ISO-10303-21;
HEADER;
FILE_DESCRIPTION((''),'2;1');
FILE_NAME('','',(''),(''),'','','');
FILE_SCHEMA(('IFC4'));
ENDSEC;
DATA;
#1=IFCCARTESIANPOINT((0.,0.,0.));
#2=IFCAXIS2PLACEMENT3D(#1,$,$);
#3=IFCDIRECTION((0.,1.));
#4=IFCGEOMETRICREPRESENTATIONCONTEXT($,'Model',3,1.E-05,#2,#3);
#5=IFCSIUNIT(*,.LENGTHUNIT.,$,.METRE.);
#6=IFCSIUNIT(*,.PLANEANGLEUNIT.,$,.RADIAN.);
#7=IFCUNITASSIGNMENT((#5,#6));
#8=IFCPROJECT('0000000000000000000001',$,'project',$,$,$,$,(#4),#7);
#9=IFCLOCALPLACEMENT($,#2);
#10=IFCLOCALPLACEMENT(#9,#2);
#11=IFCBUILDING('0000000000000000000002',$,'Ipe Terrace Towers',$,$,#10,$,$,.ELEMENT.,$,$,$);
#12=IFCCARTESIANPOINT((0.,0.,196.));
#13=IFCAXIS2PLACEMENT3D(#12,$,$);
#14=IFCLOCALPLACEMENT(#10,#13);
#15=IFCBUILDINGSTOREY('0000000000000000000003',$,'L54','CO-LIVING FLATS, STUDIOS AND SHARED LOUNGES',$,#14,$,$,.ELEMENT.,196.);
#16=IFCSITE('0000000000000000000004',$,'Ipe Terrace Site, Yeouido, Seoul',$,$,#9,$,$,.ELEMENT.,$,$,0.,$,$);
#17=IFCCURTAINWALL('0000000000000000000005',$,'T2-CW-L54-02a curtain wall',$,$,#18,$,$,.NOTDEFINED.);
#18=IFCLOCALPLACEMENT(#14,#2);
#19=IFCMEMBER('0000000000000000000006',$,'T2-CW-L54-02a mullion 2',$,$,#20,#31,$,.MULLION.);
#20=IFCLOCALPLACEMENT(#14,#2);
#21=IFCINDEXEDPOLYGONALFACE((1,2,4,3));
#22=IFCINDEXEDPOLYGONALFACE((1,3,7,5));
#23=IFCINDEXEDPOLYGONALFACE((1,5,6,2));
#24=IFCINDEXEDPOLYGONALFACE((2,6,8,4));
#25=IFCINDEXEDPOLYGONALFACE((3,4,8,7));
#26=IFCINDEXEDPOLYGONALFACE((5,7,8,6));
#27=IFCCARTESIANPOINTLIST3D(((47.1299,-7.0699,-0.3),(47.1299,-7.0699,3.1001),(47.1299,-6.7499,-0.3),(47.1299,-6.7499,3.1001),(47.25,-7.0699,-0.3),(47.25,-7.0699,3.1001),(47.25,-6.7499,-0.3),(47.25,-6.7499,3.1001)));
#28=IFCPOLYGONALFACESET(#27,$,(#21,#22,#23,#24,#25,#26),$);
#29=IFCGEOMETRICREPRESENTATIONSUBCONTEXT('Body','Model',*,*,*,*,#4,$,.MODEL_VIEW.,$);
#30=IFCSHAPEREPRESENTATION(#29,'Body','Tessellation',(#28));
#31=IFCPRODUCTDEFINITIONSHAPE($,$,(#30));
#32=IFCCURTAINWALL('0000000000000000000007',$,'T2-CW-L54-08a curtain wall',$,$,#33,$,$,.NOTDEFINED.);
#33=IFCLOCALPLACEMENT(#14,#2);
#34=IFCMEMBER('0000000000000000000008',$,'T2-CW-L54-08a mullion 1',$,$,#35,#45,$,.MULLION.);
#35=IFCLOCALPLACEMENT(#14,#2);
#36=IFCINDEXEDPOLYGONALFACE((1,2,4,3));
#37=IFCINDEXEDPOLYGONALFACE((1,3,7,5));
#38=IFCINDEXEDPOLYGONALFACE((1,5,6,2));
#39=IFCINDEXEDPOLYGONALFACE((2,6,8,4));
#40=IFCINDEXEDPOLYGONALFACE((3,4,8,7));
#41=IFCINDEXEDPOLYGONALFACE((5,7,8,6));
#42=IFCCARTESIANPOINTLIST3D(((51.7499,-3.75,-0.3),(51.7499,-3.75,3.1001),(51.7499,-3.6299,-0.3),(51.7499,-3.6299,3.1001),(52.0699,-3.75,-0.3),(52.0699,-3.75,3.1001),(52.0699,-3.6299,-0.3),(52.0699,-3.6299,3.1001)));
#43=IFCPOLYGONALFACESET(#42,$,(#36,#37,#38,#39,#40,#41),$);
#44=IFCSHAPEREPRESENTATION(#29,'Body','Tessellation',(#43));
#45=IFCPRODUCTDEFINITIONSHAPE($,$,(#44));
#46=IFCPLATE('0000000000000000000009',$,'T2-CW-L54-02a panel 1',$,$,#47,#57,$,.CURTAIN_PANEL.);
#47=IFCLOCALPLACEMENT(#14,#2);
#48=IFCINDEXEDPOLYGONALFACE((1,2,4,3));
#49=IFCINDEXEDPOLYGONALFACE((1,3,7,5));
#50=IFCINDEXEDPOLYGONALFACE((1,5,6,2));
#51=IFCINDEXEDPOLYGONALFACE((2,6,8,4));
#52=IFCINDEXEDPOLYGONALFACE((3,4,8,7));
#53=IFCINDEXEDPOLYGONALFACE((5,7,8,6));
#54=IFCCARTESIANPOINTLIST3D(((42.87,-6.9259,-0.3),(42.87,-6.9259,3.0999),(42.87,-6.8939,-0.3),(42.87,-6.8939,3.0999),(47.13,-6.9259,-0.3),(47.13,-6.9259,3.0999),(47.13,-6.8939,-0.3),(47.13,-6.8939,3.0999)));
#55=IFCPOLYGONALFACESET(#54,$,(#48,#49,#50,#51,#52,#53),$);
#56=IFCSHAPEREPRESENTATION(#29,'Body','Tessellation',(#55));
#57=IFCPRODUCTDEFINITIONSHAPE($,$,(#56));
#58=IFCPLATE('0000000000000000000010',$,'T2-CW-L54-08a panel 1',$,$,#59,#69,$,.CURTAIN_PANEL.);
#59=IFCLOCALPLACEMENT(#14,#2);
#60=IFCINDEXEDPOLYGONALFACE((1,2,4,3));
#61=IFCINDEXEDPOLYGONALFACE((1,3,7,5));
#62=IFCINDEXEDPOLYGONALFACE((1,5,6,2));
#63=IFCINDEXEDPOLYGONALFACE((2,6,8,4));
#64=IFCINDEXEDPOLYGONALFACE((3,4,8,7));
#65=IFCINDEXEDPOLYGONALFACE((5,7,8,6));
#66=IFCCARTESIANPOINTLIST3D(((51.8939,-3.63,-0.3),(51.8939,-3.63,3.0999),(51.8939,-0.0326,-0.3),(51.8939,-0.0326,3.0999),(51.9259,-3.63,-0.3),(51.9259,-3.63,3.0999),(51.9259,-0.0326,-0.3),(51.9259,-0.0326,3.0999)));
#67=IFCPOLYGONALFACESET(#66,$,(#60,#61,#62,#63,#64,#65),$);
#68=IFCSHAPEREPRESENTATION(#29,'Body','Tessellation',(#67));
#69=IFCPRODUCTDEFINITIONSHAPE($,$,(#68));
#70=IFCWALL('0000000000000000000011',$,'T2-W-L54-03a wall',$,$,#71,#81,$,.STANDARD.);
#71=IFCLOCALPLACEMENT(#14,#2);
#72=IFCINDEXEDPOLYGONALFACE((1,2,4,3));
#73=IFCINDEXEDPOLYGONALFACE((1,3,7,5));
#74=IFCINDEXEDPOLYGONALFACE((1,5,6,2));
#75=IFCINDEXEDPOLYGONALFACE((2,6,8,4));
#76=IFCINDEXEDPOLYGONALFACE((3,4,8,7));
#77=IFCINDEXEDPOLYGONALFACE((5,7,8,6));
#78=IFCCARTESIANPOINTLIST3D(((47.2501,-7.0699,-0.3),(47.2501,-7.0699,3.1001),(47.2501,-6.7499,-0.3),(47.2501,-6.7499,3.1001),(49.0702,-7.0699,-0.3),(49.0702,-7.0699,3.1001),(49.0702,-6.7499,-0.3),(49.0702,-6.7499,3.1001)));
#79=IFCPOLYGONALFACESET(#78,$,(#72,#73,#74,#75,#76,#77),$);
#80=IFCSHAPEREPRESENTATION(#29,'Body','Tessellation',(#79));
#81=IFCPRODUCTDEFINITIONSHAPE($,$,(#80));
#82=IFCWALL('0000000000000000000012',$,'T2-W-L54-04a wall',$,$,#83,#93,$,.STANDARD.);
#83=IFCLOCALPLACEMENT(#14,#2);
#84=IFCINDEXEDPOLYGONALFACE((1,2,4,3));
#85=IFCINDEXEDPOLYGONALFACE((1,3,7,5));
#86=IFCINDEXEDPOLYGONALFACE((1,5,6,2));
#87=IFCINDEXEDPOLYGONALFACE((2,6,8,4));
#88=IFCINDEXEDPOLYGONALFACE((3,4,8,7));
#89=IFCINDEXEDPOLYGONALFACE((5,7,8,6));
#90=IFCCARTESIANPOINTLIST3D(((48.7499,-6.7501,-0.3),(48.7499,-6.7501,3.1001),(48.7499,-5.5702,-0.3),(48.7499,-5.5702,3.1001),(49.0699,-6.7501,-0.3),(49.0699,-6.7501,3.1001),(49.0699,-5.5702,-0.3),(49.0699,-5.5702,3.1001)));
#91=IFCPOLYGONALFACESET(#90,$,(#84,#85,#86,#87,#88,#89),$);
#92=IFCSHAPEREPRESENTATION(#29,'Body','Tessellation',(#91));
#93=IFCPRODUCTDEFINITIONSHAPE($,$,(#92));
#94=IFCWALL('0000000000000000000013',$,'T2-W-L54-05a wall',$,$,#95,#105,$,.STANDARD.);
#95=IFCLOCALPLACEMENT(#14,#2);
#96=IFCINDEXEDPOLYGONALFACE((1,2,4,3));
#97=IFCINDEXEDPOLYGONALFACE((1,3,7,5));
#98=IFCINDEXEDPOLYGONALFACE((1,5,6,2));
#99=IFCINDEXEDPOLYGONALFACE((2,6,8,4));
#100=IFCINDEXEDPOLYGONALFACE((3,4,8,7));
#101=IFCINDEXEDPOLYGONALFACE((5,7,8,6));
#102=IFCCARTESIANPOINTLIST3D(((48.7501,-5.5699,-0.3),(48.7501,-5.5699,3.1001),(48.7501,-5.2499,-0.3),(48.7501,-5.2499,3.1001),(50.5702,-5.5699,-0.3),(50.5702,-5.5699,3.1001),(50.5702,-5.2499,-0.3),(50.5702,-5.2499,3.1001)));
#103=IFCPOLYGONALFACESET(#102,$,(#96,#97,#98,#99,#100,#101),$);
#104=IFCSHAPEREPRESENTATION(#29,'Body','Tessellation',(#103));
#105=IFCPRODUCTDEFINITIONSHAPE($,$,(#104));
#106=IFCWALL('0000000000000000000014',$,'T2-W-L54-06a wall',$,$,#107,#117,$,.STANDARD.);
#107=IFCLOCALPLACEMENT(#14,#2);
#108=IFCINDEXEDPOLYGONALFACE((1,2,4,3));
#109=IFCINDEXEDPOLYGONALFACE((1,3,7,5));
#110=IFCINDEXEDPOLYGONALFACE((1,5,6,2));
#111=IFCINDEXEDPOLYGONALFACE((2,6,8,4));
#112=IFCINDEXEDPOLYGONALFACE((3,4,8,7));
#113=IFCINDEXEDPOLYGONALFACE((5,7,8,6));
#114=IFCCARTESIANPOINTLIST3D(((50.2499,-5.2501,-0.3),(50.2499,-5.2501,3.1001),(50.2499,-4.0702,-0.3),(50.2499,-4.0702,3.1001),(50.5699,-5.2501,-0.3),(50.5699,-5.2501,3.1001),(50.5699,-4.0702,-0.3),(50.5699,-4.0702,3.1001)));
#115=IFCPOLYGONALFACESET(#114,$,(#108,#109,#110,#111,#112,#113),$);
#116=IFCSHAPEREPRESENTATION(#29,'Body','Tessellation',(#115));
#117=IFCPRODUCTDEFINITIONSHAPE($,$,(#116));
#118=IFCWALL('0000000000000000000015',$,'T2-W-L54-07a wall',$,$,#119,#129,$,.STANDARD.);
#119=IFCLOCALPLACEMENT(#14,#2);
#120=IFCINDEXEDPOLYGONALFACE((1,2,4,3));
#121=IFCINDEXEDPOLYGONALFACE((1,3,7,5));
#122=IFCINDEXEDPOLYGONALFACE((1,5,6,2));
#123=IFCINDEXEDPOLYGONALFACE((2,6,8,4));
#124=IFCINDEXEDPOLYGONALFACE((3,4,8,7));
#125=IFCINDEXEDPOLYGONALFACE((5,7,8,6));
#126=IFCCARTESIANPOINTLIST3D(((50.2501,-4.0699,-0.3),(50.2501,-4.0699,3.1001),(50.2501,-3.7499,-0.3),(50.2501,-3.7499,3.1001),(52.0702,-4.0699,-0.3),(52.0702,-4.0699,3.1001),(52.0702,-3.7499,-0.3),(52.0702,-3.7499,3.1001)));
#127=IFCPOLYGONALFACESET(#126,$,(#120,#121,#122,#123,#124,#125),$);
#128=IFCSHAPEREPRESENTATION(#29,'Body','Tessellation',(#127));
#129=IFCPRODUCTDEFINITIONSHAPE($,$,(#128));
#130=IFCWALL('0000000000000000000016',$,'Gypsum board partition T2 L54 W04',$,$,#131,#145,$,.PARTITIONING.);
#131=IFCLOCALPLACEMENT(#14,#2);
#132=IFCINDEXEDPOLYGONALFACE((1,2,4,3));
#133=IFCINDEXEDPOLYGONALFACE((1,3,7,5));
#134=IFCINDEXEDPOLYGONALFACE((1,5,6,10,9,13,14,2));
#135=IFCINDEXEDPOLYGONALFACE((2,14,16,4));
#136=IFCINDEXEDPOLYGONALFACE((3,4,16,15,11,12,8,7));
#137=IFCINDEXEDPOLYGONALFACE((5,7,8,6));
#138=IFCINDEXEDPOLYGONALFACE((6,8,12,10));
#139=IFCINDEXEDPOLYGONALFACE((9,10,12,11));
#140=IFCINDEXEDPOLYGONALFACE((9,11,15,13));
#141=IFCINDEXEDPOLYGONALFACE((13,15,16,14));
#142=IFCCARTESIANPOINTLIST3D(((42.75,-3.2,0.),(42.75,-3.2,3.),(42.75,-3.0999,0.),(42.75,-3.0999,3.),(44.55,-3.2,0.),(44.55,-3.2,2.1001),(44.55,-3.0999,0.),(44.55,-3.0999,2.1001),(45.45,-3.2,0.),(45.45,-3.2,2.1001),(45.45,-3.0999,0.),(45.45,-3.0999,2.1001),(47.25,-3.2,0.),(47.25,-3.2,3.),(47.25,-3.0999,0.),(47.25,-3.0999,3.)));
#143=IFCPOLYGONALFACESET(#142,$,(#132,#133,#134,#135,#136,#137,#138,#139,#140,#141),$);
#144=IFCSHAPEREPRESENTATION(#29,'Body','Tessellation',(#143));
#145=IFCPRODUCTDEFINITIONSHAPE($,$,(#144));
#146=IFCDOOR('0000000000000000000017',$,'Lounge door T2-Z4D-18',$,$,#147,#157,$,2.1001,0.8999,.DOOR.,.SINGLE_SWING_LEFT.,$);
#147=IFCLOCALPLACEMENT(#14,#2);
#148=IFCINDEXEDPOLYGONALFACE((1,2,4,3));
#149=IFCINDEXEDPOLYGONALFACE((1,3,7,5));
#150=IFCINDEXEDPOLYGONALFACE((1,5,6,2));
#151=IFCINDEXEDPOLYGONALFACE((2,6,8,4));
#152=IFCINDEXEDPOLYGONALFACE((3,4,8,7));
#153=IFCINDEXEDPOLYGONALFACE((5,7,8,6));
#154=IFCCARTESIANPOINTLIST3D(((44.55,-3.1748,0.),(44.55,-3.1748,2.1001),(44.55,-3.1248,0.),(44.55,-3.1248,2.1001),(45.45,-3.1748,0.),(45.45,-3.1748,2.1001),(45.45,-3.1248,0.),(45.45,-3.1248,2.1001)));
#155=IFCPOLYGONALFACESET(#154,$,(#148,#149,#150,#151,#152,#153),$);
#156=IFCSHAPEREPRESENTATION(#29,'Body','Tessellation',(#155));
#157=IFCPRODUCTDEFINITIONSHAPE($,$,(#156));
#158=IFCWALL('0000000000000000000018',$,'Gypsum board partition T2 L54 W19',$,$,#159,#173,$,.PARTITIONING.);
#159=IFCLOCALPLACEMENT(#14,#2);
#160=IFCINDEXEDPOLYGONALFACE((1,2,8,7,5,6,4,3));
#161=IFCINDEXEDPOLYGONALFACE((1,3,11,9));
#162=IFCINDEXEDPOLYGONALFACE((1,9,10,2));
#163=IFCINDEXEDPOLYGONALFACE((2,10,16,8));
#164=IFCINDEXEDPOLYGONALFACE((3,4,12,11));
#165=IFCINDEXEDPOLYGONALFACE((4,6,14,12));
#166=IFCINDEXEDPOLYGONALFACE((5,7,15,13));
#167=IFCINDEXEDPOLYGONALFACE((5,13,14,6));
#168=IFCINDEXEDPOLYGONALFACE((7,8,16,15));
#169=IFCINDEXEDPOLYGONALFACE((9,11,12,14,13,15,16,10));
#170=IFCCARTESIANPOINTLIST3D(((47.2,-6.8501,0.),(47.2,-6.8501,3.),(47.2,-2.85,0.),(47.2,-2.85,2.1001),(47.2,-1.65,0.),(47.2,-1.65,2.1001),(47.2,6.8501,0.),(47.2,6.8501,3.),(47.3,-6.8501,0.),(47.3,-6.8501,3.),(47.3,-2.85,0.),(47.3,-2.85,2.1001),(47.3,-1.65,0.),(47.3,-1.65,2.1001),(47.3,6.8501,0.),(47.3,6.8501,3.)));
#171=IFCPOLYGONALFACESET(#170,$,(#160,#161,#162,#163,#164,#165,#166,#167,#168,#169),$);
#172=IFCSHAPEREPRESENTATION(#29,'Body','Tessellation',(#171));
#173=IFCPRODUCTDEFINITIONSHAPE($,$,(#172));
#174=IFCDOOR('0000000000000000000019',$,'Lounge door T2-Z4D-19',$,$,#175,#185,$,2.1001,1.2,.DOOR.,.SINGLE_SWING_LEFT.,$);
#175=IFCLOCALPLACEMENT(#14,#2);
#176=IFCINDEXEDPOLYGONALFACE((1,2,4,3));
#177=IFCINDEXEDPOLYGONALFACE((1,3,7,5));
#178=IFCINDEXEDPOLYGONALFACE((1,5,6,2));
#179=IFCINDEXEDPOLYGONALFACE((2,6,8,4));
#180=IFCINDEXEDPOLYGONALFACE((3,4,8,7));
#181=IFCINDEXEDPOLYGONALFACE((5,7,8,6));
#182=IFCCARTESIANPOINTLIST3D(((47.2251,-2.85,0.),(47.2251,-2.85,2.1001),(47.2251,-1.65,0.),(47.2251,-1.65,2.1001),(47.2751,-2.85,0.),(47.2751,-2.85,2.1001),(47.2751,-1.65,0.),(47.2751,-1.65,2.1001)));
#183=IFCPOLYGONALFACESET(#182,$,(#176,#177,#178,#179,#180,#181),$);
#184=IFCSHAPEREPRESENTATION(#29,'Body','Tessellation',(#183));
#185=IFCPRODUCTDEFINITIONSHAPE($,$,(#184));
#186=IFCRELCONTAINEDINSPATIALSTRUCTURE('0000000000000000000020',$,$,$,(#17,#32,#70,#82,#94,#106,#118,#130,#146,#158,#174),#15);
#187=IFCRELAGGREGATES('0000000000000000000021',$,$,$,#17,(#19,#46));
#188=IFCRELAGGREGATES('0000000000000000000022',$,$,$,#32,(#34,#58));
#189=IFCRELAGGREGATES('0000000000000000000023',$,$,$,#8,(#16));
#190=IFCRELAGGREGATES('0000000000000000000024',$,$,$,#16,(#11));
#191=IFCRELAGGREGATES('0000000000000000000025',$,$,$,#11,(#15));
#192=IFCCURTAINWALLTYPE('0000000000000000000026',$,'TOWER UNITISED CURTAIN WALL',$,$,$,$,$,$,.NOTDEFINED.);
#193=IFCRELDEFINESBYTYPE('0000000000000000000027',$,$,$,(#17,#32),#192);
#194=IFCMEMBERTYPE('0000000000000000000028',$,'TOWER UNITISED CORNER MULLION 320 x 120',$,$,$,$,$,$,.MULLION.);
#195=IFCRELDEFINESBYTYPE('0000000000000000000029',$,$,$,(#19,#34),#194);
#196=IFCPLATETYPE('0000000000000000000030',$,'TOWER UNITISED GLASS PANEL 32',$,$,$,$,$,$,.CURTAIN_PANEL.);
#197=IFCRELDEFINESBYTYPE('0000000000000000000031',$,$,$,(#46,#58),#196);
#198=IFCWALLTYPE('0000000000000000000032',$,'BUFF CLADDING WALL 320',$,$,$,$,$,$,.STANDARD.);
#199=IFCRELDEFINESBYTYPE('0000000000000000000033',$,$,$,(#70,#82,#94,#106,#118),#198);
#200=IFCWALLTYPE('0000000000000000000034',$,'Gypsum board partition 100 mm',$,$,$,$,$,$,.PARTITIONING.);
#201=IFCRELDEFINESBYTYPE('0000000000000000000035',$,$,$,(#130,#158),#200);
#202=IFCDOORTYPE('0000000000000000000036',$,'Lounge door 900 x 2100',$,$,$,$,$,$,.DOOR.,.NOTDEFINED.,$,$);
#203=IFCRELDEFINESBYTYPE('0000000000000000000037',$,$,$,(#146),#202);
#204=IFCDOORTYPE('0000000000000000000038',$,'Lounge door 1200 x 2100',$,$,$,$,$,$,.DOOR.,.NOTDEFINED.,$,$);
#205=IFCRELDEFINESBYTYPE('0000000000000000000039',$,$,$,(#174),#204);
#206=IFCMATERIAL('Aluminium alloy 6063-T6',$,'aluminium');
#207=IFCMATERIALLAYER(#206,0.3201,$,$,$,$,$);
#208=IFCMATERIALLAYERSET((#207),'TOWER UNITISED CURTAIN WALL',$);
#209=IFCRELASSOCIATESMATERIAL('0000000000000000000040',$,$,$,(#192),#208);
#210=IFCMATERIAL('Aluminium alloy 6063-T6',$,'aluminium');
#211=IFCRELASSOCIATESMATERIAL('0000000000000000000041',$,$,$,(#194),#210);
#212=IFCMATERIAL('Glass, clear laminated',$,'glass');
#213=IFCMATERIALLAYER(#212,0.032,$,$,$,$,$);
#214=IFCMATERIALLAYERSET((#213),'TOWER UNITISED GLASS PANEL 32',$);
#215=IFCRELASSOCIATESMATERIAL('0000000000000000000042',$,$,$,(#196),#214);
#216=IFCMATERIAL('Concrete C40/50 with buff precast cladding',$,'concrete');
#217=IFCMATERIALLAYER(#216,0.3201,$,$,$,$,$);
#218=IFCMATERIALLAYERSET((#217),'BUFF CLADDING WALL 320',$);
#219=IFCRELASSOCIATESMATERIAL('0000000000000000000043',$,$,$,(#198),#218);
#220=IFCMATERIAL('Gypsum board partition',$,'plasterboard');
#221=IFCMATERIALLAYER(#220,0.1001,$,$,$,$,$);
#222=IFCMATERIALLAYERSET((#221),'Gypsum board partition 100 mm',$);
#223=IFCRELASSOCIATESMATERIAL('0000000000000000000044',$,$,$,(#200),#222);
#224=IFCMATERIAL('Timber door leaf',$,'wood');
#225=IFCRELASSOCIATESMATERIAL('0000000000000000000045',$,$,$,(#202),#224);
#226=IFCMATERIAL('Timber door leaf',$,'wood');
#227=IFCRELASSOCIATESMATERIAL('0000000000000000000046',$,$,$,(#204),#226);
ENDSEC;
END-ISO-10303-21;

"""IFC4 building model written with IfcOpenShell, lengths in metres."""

from ifc_helpers import new_model, si_unit, direction, frame, frame_2d, origin, origin_2d, place, context, subcontext, project, spatial, rectangle, extrude, material, layer, layer_set, material_profile, profile_set, type_object, element, fill, aggregate, save


model = new_model("IFC4")

# Units and contexts
model_context = context("Model", 3, precision=1e-05, world=origin(), true_north=direction((0.0, 1.0)))
body_context = subcontext(model_context, "Body", "Model", "MODEL_VIEW")
ifc_project = project(units=[si_unit("LENGTHUNIT", "METRE"), si_unit("PLANEANGLEUNIT", "RADIAN")], contexts=[model_context])

# Site, building, storey
site_placement = place(None, origin())
site = spatial("IfcSite", under=ifc_project, at=site_placement, Name="Ipe Terrace Site, Yeouido, Seoul", CompositionType="ELEMENT", RefElevation=0.0)
building_placement = place(site_placement, origin())
building = spatial("IfcBuilding", under=site, at=building_placement, Name="Ipe Terrace Towers", CompositionType="ELEMENT")
storey_placement = place(building_placement, frame((0.0, 0.0, 196.0)))
storey = spatial("IfcBuildingStorey", under=building, at=storey_placement, Name="L54", Description="CO-LIVING FLATS, STUDIOS AND SHARED LOUNGES", CompositionType="ELEMENT", Elevation=196.0)

# Curtain wall, member
ifc_material_1 = material(Name="Aluminium alloy 6063-T6", Category="aluminium")
ifc_layer_1 = layer(ifc_material_1, 0.3201)
ifc_layer_set_1 = layer_set([ifc_layer_1], Name="TOWER UNITISED CURTAIN WALL")
curtain_wall_type = type_object("IfcCurtainWallType", Name="TOWER UNITISED CURTAIN WALL", PredefinedType="NOTDEFINED", material=ifc_layer_set_1)
curtain_wall_1_placement = place(storey_placement, origin())
curtain_wall_1 = element("IfcCurtainWall", 1, at=curtain_wall_1_placement, inside=storey, type_object=curtain_wall_type, Name="T2-CW-L54-02a curtain wall", PredefinedType="NOTDEFINED")
ifc_material_2 = material(Name="Aluminium alloy 6063-T6", Category="aluminium")
ifc_material_profile_1 = material_profile(ifc_material_2, rectangle(XDim=0.3201, YDim=0.1201, at=origin_2d()), Name="TOWER UNITISED CORNER MULLION 320 x 120")
ifc_profile_set_1 = profile_set([ifc_material_profile_1], Name="Aluminium alloy 6063-T6")
member_type = type_object("IfcMemberType", Name="TOWER UNITISED CORNER MULLION 320 x 120", PredefinedType="MULLION", material=ifc_profile_set_1)
member_1_placement = place(storey_placement, frame((47.1899, -6.9099, -0.3), z_axis=(0.0, 0.0, 1.0), x_axis=(0.0, -1.0, 0.0)))
member_1 = element("IfcMember", 2, at=member_1_placement, type_object=member_type, Name="T2-CW-L54-02a mullion 2", PredefinedType="MULLION", context=body_context, shape_type="SweptSolid", body=[
    extrude(rectangle(XDim=0.3201, YDim=0.1201, at=origin_2d()), origin(), (0.0, 0.0, 1.0), 3.4001),
])

# Curtain wall, member
curtain_wall_2_placement = place(storey_placement, origin())
curtain_wall_2 = element("IfcCurtainWall", 3, at=curtain_wall_2_placement, inside=storey, type_object=curtain_wall_type, Name="T2-CW-L54-08a curtain wall", PredefinedType="NOTDEFINED")
member_2_placement = place(storey_placement, frame((51.9099, -3.6899, -0.3), z_axis=(0.0, 0.0, 1.0), x_axis=(1.0, 0.0, 0.0)))
member_2 = element("IfcMember", 4, at=member_2_placement, type_object=member_type, Name="T2-CW-L54-08a mullion 1", PredefinedType="MULLION", context=body_context, shape_type="SweptSolid", body=[
    extrude(rectangle(XDim=0.3201, YDim=0.1201, at=origin_2d()), origin(), (0.0, 0.0, 1.0), 3.4001),
])

# Plates
ifc_material_3 = material(Name="Glass, clear laminated", Category="glass")
ifc_layer_2 = layer(ifc_material_3, 0.032)
ifc_layer_set_2 = layer_set([ifc_layer_2], Name="TOWER UNITISED GLASS PANEL 32")
plate_type = type_object("IfcPlateType", Name="TOWER UNITISED GLASS PANEL 32", PredefinedType="CURTAIN_PANEL", material=ifc_layer_set_2)
plate_1_placement = place(storey_placement, frame((45.0, -6.9099, -0.3), z_axis=(0.0, 0.0, 1.0), x_axis=(1.0, 0.0, 0.0)))
plate_1 = element("IfcPlate", 5, at=plate_1_placement, type_object=plate_type, Name="T2-CW-L54-02a panel 1", PredefinedType="CURTAIN_PANEL", context=body_context, shape_type="SweptSolid", body=[
    extrude(rectangle(XDim=4.26, YDim=0.032, at=origin_2d()), origin(), (0.0, 0.0, 1.0), 3.3999),
])
aggregate(curtain_wall_1, [member_1, plate_1])
plate_2_placement = place(storey_placement, frame((51.9099, -1.8313, -0.3), z_axis=(0.0, 0.0, 1.0), x_axis=(0.0, 1.0, 0.0)))
plate_2 = element("IfcPlate", 6, at=plate_2_placement, type_object=plate_type, Name="T2-CW-L54-08a panel 1", PredefinedType="CURTAIN_PANEL", context=body_context, shape_type="SweptSolid", body=[
    extrude(rectangle(XDim=3.5974, YDim=0.032, at=origin_2d()), origin(), (0.0, 0.0, 1.0), 3.3999),
])
aggregate(curtain_wall_2, [member_2, plate_2])

# Walls
ifc_material_4 = material(Name="Concrete C40/50 with buff precast cladding", Category="concrete")
ifc_layer_3 = layer(ifc_material_4, 0.3201)
ifc_layer_set_3 = layer_set([ifc_layer_3], Name="BUFF CLADDING WALL 320")
wall_type_1 = type_object("IfcWallType", Name="BUFF CLADDING WALL 320", PredefinedType="STANDARD", material=ifc_layer_set_3)
wall_1_placement = place(storey_placement, frame((47.25, -6.9099, -0.3), z_axis=(0.0, 0.0, 1.0), x_axis=(1.0, 0.0, 0.0)))
element("IfcWall", 7, at=wall_1_placement, inside=storey, type_object=wall_type_1, Name="T2-W-L54-03a wall", PredefinedType="STANDARD", context=body_context, shape_type="SweptSolid", body=[
    extrude(rectangle(XDim=1.8201, YDim=0.3201, at=frame_2d((0.9102, 0.0))), origin(), (0.0, 0.0, 1.0), 3.4001),
])
wall_2_placement = place(storey_placement, frame((48.9099, -6.75, -0.3), z_axis=(0.0, 0.0, 1.0), x_axis=(0.0, 1.0, 0.0)))
element("IfcWall", 8, at=wall_2_placement, inside=storey, type_object=wall_type_1, Name="T2-W-L54-04a wall", PredefinedType="STANDARD", context=body_context, shape_type="SweptSolid", body=[
    extrude(rectangle(XDim=1.1799, YDim=0.3201, at=frame_2d((0.5898, 0.0))), origin(), (0.0, 0.0, 1.0), 3.4001),
])
wall_3_placement = place(storey_placement, frame((48.75, -5.4099, -0.3), z_axis=(0.0, 0.0, 1.0), x_axis=(1.0, 0.0, 0.0)))
element("IfcWall", 9, at=wall_3_placement, inside=storey, type_object=wall_type_1, Name="T2-W-L54-05a wall", PredefinedType="STANDARD", context=body_context, shape_type="SweptSolid", body=[
    extrude(rectangle(XDim=1.8201, YDim=0.3201, at=frame_2d((0.9102, 0.0))), origin(), (0.0, 0.0, 1.0), 3.4001),
])
wall_4_placement = place(storey_placement, frame((50.4099, -5.25, -0.3), z_axis=(0.0, 0.0, 1.0), x_axis=(0.0, 1.0, 0.0)))
element("IfcWall", 10, at=wall_4_placement, inside=storey, type_object=wall_type_1, Name="T2-W-L54-06a wall", PredefinedType="STANDARD", context=body_context, shape_type="SweptSolid", body=[
    extrude(rectangle(XDim=1.1799, YDim=0.3201, at=frame_2d((0.5898, 0.0))), origin(), (0.0, 0.0, 1.0), 3.4001),
])
wall_5_placement = place(storey_placement, frame((50.25, -3.9099, -0.3), z_axis=(0.0, 0.0, 1.0), x_axis=(1.0, 0.0, 0.0)))
element("IfcWall", 11, at=wall_5_placement, inside=storey, type_object=wall_type_1, Name="T2-W-L54-07a wall", PredefinedType="STANDARD", context=body_context, shape_type="SweptSolid", body=[
    extrude(rectangle(XDim=1.8201, YDim=0.3201, at=frame_2d((0.9102, 0.0))), origin(), (0.0, 0.0, 1.0), 3.4001),
])

# Walls, openings, doors
ifc_material_5 = material(Name="Gypsum board partition", Category="plasterboard")
ifc_layer_4 = layer(ifc_material_5, 0.1001)
ifc_layer_set_4 = layer_set([ifc_layer_4], Name="Gypsum board partition 100 mm")
wall_type_2 = type_object("IfcWallType", Name="Gypsum board partition 100 mm", PredefinedType="PARTITIONING", material=ifc_layer_set_4)
wall_6_placement = place(storey_placement, frame((47.25, -3.1499, 0.0), z_axis=(0.0, 0.0, 1.0), x_axis=(-1.0, 0.0, 0.0)))
wall_6 = element("IfcWall", 12, at=wall_6_placement, inside=storey, type_object=wall_type_2, Name="Gypsum board partition T2 L54 W04", PredefinedType="PARTITIONING", context=body_context, shape_type="SweptSolid", body=[
    extrude(rectangle(XDim=4.5, YDim=0.1001, at=frame_2d((2.25, 0.0))), origin(), (0.0, 0.0, 1.0), 3.0),
])
opening_1_placement = place(wall_6_placement, frame((1.8, 0.0, 0.0)))
opening_1 = element("IfcOpeningElement", 13, at=opening_1_placement, cuts=wall_6, PredefinedType="OPENING", context=body_context, shape_type="SweptSolid", body=[
    extrude(rectangle(XDim=0.8999, YDim=2.1001, at=frame_2d((0.45, 1.05))), frame((0.0, 0.0601, 0.0), z_axis=(0.0, -1.0, 0.0), x_axis=(1.0, 0.0, 0.0)), (0.0, 0.0, 1.0), 0.1201),
])
ifc_material_6 = material(Name="Timber door leaf", Category="wood")
door_type_1 = type_object("IfcDoorType", Name="Lounge door 900 x 2100", OperationType="NOTDEFINED", PredefinedType="DOOR", material=ifc_material_6)
door_1_placement = place(opening_1_placement, origin())
door_1 = element("IfcDoor", 14, at=door_1_placement, inside=storey, type_object=door_type_1, Name="Lounge door T2-Z4D-18", OperationType="SINGLE_SWING_LEFT", OverallHeight=2.1001, OverallWidth=0.8999, PredefinedType="DOOR", context=body_context, shape_type="SweptSolid", body=[
    extrude(rectangle(XDim=0.8999, YDim=2.1001, at=frame_2d((0.45, 1.05))), frame((0.0, 0.0249, 0.0), z_axis=(0.0, -1.0, 0.0), x_axis=(1.0, 0.0, 0.0)), (0.0, 0.0, 1.0), 0.05),
])
fill(opening_1, door_1)
wall_7_placement = place(storey_placement, frame((47.25, -6.8501, 0.0), z_axis=(0.0, 0.0, 1.0), x_axis=(0.0, 1.0, 0.0)))
wall_7 = element("IfcWall", 15, at=wall_7_placement, inside=storey, type_object=wall_type_2, Name="Gypsum board partition T2 L54 W19", PredefinedType="PARTITIONING", context=body_context, shape_type="SweptSolid", body=[
    extrude(rectangle(XDim=13.7002, YDim=0.1001, at=frame_2d((6.8501, 0.0))), origin(), (0.0, 0.0, 1.0), 3.0),
])
opening_2_placement = place(wall_7_placement, frame((4.0, 0.0, 0.0)))
opening_2 = element("IfcOpeningElement", 16, at=opening_2_placement, cuts=wall_7, PredefinedType="OPENING", context=body_context, shape_type="SweptSolid", body=[
    extrude(rectangle(XDim=1.2, YDim=2.1001, at=frame_2d((0.6001, 1.05))), frame((0.0, 0.0601, 0.0), z_axis=(0.0, -1.0, 0.0), x_axis=(1.0, 0.0, 0.0)), (0.0, 0.0, 1.0), 0.1201),
])
ifc_material_7 = material(Name="Timber door leaf", Category="wood")
door_type_2 = type_object("IfcDoorType", Name="Lounge door 1200 x 2100", OperationType="NOTDEFINED", PredefinedType="DOOR", material=ifc_material_7)
door_2_placement = place(opening_2_placement, origin())
door_2 = element("IfcDoor", 17, at=door_2_placement, inside=storey, type_object=door_type_2, Name="Lounge door T2-Z4D-19", OperationType="SINGLE_SWING_LEFT", OverallHeight=2.1001, OverallWidth=1.2, PredefinedType="DOOR", context=body_context, shape_type="SweptSolid", body=[
    extrude(rectangle(XDim=1.2, YDim=2.1001, at=frame_2d((0.6001, 1.05))), frame((0.0, 0.0249, 0.0), z_axis=(0.0, -1.0, 0.0), x_axis=(1.0, 0.0, 0.0)), (0.0, 0.0, 1.0), 0.05),
])
fill(opening_2, door_2)

save(model, "model.ifc")
